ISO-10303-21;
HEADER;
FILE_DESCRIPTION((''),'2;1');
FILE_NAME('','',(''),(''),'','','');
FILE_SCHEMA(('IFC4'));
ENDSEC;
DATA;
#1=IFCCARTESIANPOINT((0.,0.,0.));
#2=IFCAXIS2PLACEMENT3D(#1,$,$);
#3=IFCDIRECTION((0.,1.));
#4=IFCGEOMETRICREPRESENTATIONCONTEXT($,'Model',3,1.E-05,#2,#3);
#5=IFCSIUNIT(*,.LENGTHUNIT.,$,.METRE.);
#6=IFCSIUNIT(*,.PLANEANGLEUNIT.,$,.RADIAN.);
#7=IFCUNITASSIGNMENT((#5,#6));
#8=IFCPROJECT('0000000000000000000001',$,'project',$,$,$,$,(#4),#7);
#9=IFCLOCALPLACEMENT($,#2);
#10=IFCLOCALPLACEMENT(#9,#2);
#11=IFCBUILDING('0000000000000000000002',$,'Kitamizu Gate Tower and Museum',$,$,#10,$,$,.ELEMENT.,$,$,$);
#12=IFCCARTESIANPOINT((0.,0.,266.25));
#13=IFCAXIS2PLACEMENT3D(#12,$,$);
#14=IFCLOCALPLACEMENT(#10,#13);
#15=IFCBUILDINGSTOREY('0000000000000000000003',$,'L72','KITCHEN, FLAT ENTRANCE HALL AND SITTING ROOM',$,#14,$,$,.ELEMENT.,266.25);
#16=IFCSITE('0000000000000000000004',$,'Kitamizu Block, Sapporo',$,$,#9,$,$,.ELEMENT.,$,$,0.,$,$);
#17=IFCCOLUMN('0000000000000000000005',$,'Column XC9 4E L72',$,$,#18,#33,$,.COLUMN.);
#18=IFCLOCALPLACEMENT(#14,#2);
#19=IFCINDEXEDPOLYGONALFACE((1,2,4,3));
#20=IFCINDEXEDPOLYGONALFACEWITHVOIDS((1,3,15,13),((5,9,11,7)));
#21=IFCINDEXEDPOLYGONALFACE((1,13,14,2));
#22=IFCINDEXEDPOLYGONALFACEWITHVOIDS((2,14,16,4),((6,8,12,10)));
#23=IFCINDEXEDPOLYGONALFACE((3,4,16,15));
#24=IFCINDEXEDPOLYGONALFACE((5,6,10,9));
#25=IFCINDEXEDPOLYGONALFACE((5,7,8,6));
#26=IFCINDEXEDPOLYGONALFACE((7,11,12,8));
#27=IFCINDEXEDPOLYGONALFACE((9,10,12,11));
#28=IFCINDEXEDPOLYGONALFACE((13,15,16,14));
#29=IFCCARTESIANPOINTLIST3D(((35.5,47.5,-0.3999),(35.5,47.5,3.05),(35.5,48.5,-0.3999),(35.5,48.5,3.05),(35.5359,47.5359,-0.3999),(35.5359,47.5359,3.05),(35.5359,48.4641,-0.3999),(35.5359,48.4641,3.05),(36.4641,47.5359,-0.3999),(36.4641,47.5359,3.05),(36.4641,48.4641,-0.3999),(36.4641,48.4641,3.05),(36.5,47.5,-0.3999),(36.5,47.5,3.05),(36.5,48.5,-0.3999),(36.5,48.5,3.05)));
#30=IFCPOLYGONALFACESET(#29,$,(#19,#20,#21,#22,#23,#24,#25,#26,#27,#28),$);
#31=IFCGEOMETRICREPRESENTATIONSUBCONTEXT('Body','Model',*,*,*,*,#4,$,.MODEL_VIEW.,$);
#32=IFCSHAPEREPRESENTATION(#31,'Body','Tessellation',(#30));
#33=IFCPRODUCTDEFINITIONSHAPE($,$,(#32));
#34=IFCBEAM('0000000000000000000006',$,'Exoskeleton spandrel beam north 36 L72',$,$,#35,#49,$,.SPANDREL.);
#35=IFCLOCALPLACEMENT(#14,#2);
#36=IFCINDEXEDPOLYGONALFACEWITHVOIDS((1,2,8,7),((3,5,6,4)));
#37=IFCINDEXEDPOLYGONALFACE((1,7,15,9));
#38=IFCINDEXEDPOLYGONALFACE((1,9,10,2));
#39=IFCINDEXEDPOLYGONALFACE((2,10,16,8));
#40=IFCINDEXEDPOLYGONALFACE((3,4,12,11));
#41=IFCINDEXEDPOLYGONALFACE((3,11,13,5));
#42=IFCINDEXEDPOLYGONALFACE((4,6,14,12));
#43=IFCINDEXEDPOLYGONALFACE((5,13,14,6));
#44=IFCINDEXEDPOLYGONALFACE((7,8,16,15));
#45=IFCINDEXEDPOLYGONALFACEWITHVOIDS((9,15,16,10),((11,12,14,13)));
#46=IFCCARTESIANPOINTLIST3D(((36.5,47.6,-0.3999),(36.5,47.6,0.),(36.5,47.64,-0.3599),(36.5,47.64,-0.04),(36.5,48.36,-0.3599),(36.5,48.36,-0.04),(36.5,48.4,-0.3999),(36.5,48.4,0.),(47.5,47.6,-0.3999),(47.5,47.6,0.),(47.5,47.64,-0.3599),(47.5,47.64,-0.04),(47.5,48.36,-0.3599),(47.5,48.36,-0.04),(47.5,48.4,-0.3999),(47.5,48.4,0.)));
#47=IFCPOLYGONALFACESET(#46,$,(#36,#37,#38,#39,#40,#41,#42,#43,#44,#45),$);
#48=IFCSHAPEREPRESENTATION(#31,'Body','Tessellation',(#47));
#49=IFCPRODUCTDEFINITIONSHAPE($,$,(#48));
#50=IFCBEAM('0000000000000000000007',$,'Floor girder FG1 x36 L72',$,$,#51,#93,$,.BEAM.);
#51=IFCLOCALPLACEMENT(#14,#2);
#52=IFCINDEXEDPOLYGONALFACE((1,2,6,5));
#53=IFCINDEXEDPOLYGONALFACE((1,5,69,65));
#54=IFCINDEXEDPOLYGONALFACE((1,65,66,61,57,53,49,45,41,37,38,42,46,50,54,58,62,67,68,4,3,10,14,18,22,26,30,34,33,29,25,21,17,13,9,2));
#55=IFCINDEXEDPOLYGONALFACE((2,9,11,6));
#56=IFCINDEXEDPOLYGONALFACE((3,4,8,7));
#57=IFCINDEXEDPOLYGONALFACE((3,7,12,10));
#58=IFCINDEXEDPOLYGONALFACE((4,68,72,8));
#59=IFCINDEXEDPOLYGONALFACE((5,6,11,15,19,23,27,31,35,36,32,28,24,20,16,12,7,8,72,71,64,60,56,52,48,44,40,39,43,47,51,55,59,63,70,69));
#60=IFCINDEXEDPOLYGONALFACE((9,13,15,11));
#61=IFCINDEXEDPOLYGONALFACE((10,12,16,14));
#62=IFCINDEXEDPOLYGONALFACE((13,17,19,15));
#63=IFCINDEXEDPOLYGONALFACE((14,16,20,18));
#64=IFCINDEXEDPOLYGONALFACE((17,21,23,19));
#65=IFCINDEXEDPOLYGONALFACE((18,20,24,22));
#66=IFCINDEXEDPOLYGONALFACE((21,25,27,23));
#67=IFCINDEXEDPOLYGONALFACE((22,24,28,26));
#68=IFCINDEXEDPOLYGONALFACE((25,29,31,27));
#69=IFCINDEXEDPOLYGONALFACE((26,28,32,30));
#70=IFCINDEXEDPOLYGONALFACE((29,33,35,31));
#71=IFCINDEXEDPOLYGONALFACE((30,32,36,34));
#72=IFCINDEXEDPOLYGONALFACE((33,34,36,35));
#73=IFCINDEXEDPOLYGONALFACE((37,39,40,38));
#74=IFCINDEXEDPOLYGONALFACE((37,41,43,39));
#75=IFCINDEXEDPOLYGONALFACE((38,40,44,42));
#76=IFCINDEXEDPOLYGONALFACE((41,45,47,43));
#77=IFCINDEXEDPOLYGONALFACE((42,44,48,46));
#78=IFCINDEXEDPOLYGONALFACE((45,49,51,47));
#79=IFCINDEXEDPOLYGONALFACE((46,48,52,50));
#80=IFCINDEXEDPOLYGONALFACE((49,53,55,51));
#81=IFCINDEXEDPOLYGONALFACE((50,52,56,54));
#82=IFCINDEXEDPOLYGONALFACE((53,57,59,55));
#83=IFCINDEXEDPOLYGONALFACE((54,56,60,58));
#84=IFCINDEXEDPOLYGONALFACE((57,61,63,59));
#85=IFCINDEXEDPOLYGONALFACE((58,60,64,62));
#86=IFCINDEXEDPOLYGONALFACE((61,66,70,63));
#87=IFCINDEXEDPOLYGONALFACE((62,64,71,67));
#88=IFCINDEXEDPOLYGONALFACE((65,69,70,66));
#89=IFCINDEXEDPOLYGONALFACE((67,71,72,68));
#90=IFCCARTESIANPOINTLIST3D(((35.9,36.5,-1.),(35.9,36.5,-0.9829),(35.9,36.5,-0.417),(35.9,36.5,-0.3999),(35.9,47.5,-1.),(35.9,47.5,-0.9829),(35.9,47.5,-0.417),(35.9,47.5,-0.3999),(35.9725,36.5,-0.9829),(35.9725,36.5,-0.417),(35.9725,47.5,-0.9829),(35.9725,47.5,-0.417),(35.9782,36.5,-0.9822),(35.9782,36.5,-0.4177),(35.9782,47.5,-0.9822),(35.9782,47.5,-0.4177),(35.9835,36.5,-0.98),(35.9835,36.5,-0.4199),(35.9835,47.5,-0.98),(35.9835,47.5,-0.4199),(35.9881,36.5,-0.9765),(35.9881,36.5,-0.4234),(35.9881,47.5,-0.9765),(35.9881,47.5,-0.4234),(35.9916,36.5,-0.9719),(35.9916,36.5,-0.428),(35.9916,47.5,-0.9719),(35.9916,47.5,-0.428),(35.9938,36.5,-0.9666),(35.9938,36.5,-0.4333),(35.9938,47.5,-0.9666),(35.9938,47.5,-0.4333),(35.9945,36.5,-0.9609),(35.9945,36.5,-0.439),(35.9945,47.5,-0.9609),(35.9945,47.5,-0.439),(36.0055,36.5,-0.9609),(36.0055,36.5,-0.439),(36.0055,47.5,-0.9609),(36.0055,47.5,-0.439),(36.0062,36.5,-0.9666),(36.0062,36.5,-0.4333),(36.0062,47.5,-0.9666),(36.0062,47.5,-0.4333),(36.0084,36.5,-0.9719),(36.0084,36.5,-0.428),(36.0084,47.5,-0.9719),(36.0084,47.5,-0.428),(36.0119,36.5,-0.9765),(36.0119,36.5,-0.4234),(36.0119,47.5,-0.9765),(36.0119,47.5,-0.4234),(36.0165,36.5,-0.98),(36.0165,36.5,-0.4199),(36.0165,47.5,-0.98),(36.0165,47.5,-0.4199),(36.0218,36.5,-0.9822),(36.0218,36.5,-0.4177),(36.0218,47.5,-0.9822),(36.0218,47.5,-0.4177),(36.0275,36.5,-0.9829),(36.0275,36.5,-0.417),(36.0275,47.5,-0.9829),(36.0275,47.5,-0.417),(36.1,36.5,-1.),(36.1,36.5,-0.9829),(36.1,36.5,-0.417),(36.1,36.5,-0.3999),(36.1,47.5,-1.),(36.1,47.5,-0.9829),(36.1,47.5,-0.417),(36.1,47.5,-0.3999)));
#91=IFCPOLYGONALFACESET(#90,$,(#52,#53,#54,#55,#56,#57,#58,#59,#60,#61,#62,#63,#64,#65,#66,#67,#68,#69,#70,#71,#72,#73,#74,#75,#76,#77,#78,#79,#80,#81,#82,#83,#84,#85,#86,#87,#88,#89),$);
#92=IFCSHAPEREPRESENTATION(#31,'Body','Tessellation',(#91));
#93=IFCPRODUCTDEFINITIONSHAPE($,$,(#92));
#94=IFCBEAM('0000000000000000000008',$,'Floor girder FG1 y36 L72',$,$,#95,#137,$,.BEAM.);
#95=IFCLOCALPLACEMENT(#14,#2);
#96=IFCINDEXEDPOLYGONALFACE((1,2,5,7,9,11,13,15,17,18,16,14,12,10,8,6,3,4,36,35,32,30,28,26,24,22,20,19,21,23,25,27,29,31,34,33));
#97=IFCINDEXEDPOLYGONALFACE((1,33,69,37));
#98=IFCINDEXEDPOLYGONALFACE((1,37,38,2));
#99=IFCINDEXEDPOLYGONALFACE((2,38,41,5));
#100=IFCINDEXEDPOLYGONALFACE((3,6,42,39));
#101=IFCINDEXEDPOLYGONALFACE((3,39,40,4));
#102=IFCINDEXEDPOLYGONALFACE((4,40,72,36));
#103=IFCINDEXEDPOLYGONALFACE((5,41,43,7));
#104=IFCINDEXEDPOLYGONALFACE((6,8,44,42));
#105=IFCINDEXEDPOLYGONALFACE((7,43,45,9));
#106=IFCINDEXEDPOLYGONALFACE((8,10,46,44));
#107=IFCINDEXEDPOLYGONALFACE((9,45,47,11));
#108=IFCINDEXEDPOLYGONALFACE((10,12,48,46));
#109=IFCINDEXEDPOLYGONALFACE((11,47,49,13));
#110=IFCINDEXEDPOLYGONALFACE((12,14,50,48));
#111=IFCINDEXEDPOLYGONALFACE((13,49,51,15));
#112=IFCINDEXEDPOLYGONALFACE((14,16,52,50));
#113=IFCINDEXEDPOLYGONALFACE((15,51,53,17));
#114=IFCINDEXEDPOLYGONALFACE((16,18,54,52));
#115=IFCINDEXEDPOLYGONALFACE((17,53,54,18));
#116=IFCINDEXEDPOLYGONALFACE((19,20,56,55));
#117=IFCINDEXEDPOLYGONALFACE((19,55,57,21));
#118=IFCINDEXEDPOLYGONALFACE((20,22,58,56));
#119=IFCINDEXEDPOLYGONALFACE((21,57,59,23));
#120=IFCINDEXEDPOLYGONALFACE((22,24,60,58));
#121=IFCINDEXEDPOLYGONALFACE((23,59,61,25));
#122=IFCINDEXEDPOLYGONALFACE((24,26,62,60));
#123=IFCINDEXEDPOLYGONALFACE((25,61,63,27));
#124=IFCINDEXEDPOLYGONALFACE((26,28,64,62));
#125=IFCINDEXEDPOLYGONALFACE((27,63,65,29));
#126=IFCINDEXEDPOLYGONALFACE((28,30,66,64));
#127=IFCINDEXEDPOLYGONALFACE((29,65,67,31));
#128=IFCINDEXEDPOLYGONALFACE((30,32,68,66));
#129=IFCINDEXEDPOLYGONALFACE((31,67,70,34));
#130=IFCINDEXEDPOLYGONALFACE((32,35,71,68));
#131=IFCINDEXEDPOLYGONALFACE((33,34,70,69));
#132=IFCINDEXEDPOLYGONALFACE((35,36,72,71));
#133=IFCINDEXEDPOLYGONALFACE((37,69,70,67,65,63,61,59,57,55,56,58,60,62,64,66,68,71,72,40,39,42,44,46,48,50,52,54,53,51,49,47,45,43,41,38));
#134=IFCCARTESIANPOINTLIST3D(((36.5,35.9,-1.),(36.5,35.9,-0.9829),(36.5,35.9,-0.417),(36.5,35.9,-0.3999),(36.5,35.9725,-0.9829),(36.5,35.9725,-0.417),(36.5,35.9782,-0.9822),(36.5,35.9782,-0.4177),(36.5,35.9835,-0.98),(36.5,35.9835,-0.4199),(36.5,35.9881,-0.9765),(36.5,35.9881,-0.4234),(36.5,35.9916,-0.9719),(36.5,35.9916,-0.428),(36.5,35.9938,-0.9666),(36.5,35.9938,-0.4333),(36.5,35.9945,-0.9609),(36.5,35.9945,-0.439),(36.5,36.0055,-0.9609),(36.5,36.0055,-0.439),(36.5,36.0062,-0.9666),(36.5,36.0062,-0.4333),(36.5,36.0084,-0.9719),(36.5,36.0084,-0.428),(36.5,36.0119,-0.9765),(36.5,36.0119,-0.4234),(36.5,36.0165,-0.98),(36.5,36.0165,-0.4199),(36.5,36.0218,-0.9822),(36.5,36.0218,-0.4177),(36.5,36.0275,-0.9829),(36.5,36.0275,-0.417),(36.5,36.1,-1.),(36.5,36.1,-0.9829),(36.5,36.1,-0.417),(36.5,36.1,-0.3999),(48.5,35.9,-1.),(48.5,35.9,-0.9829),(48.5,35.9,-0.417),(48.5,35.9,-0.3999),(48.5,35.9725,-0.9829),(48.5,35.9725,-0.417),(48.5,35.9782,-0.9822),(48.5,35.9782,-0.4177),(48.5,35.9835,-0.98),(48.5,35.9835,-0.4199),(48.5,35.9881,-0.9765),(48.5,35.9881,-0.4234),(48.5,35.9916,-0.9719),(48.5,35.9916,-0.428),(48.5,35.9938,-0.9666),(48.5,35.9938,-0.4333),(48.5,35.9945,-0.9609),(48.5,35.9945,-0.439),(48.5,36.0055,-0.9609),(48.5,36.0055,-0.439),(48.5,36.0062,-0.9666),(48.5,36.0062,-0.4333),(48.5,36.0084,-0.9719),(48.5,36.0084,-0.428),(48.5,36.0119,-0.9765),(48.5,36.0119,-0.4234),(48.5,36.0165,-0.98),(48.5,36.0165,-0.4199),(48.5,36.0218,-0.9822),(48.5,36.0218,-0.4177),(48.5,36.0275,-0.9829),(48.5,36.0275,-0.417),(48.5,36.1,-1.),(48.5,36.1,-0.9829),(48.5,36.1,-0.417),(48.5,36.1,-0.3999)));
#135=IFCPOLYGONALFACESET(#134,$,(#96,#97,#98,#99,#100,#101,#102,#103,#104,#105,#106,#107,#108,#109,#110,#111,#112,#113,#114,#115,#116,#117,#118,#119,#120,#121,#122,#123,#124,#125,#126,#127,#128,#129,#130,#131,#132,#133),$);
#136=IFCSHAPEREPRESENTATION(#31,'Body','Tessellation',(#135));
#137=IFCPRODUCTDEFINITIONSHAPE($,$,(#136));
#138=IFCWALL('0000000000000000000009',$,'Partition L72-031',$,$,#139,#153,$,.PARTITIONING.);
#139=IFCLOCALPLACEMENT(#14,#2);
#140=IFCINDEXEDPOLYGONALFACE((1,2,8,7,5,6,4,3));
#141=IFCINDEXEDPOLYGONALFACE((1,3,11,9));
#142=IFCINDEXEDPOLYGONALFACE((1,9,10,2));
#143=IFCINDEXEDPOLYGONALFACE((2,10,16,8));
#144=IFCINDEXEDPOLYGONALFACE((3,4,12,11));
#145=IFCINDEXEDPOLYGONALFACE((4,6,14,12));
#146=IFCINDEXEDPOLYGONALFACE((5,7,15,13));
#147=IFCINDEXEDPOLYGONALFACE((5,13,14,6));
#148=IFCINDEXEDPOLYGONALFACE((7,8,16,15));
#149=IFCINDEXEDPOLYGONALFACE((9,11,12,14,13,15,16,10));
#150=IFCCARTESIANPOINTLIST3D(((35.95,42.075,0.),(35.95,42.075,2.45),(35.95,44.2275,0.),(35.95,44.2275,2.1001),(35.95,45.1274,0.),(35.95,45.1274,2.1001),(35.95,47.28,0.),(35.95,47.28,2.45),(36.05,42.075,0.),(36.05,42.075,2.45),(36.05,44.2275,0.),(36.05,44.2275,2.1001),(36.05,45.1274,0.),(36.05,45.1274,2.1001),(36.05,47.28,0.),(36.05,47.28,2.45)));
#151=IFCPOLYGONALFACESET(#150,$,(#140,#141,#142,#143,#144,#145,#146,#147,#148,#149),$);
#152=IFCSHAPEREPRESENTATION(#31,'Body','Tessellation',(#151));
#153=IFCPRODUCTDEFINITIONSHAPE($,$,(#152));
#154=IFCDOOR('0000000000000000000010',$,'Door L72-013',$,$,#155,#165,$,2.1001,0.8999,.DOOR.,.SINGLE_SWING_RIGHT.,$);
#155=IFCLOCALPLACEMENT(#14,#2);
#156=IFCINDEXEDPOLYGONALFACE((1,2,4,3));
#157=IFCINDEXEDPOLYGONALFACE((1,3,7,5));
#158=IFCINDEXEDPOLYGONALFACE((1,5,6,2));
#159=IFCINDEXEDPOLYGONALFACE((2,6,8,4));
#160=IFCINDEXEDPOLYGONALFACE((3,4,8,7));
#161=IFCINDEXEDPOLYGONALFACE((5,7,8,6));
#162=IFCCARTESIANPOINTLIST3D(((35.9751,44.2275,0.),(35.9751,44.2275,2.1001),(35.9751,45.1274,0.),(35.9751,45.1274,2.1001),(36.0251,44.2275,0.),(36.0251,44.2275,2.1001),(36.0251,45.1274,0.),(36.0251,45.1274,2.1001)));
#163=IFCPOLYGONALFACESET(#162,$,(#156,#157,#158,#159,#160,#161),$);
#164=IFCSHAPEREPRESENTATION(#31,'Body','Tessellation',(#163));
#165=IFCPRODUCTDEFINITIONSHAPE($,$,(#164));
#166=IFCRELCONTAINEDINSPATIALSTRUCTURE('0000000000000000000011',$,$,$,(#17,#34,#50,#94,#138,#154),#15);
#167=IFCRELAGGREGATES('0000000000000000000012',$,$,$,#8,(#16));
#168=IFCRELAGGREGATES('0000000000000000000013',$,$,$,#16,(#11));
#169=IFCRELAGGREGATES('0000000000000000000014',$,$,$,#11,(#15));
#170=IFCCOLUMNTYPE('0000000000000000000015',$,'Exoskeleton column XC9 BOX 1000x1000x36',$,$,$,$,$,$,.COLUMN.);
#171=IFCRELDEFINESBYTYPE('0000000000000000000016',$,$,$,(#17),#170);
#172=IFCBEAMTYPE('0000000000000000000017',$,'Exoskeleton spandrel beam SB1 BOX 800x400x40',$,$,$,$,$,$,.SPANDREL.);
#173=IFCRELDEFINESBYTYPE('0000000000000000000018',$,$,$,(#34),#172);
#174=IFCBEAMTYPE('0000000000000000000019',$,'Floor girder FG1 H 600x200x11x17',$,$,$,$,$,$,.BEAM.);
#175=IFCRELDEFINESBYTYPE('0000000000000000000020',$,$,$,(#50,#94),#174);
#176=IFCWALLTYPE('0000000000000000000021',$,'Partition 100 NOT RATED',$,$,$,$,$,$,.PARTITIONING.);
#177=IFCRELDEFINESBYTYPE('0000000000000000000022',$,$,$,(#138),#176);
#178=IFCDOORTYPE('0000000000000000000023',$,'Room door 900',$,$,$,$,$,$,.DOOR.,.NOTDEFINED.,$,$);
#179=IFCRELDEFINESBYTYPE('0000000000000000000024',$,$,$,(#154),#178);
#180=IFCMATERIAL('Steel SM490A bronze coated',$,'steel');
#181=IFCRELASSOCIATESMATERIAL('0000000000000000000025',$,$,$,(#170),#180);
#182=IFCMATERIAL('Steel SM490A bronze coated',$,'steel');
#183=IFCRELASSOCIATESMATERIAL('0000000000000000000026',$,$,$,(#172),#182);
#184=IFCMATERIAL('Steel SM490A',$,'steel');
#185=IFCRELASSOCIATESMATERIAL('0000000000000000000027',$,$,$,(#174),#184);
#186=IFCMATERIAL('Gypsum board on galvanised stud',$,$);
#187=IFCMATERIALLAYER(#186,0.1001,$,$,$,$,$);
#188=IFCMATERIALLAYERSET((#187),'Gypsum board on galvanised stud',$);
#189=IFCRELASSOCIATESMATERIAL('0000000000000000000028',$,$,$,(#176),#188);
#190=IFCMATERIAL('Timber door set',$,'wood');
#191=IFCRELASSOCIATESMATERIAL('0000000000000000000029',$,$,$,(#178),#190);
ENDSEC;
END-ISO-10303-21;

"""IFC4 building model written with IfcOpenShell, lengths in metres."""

from ifc_helpers import new_model, si_unit, direction, frame, frame_2d, origin, origin_2d, place, context, subcontext, project, spatial, rectangle, hollow_rectangle, i_section, extrude, material, layer, layer_set, material_profile, profile_set, type_object, element, fill, save


model = new_model("IFC4")

# Units and contexts
model_context = context("Model", 3, precision=1e-05, world=origin(), true_north=direction((0.0, 1.0)))
body_context = subcontext(model_context, "Body", "Model", "MODEL_VIEW")
ifc_project = project(units=[si_unit("LENGTHUNIT", "METRE"), si_unit("PLANEANGLEUNIT", "RADIAN")], contexts=[model_context])

# Site, building, storey
site_placement = place(None, origin())
site = spatial("IfcSite", under=ifc_project, at=site_placement, Name="Kitamizu Block, Sapporo", CompositionType="ELEMENT", RefElevation=0.0)
building_placement = place(site_placement, origin())
building = spatial("IfcBuilding", under=site, at=building_placement, Name="Kitamizu Gate Tower and Museum", CompositionType="ELEMENT")
storey_placement = place(building_placement, frame((0.0, 0.0, 266.25)))
storey = spatial("IfcBuildingStorey", under=building, at=storey_placement, Name="L72", Description="KITCHEN, FLAT ENTRANCE HALL AND SITTING ROOM", CompositionType="ELEMENT", Elevation=266.25)

# Column
ifc_material_1 = material(Name="Steel SM490A bronze coated", Category="steel")
ifc_material_profile_1 = material_profile(ifc_material_1, hollow_rectangle(XDim=1.0, YDim=1.0, WallThickness=0.0359, at=origin_2d()), Name="BOX 1000x1000x36")
ifc_profile_set_1 = profile_set([ifc_material_profile_1], Name="Steel SM490A bronze coated")
column_type = type_object("IfcColumnType", Name="Exoskeleton column XC9 BOX 1000x1000x36", PredefinedType="COLUMN", material=ifc_profile_set_1)
column_placement = place(storey_placement, frame((36.0, 48.0, -0.3999), z_axis=(0.0, 0.0, 1.0), x_axis=(1.0, 0.0, 0.0)))
element("IfcColumn", 1, at=column_placement, inside=storey, type_object=column_type, Name="Column XC9 4E L72", PredefinedType="COLUMN", context=body_context, shape_type="SweptSolid", body=[
    extrude(hollow_rectangle(XDim=1.0, YDim=1.0, WallThickness=0.0359, at=origin_2d()), origin(), (0.0, 0.0, 1.0), 3.45),
])

# Beams
ifc_material_2 = material(Name="Steel SM490A bronze coated", Category="steel")
ifc_material_profile_2 = material_profile(ifc_material_2, hollow_rectangle(XDim=0.8, YDim=0.3999, WallThickness=0.04, at=origin_2d()), Name="BOX 800x400x40")
ifc_profile_set_2 = profile_set([ifc_material_profile_2], Name="Steel SM490A bronze coated")
beam_type_1 = type_object("IfcBeamType", Name="Exoskeleton spandrel beam SB1 BOX 800x400x40", PredefinedType="SPANDREL", material=ifc_profile_set_2)
beam_1_placement = place(storey_placement, frame((36.5, 48.0, -0.2), z_axis=(1.0, 0.0, 0.0), x_axis=(0.0, 1.0, 0.0)))
element("IfcBeam", 2, at=beam_1_placement, inside=storey, type_object=beam_type_1, Name="Exoskeleton spandrel beam north 36 L72", PredefinedType="SPANDREL", context=body_context, shape_type="SweptSolid", body=[
    extrude(hollow_rectangle(XDim=0.8, YDim=0.3999, WallThickness=0.04, at=origin_2d()), origin(), (0.0, 0.0, 1.0), 11.0),
])
ifc_material_3 = material(Name="Steel SM490A", Category="steel")
ifc_material_profile_3 = material_profile(ifc_material_3, i_section(OverallWidth=0.2, OverallDepth=0.6001, WebThickness=0.011, FlangeThickness=0.0171, FilletRadius=0.022, at=origin_2d()), Name="H-600x200x11x17")
ifc_profile_set_3 = profile_set([ifc_material_profile_3], Name="Steel SM490A")
beam_type_2 = type_object("IfcBeamType", Name="Floor girder FG1 H 600x200x11x17", PredefinedType="BEAM", material=ifc_profile_set_3)
beam_2_placement = place(storey_placement, frame((36.0, 36.5, -0.7), z_axis=(0.0, 1.0, 0.0), x_axis=(-1.0, 0.0, 0.0)))
element("IfcBeam", 3, at=beam_2_placement, inside=storey, type_object=beam_type_2, Name="Floor girder FG1 x36 L72", PredefinedType="BEAM", context=body_context, shape_type="SweptSolid", body=[
    extrude(i_section(OverallWidth=0.2, OverallDepth=0.6001, WebThickness=0.011, FlangeThickness=0.0171, FilletRadius=0.022, at=origin_2d()), origin(), (0.0, 0.0, 1.0), 11.0),
])
beam_3_placement = place(storey_placement, frame((36.5, 36.0, -0.7), z_axis=(1.0, 0.0, 0.0), x_axis=(0.0, 1.0, 0.0)))
element("IfcBeam", 4, at=beam_3_placement, inside=storey, type_object=beam_type_2, Name="Floor girder FG1 y36 L72", PredefinedType="BEAM", context=body_context, shape_type="SweptSolid", body=[
    extrude(i_section(OverallWidth=0.2, OverallDepth=0.6001, WebThickness=0.011, FlangeThickness=0.0171, FilletRadius=0.022, at=origin_2d()), origin(), (0.0, 0.0, 1.0), 12.0),
])

# Wall, opening, door
ifc_material_4 = material(Name="Gypsum board on galvanised stud")
ifc_layer_1 = layer(ifc_material_4, 0.1001)
ifc_layer_set_1 = layer_set([ifc_layer_1], Name="Gypsum board on galvanised stud")
wall_type_1 = type_object("IfcWallType", Name="Partition 100 NOT RATED", PredefinedType="PARTITIONING", material=ifc_layer_set_1)
wall_1_placement = place(storey_placement, frame((36.0, 42.075, 0.0), z_axis=(0.0, 0.0, 1.0), x_axis=(0.0, 1.0, 0.0)))
wall_1 = element("IfcWall", 5, at=wall_1_placement, inside=storey, type_object=wall_type_1, Name="Partition L72-031", PredefinedType="PARTITIONING", context=body_context, shape_type="SweptSolid", body=[
    extrude(rectangle(XDim=5.2051, YDim=0.1001, at=frame_2d((2.6025, 0.0))), origin(), (0.0, 0.0, 1.0), 2.45),
])
opening_1_placement = place(wall_1_placement, frame((2.1526, 0.0, 0.0)))
opening_1 = element("IfcOpeningElement", 6, at=opening_1_placement, cuts=wall_1, PredefinedType="OPENING", context=body_context, shape_type="SweptSolid", body=[
    extrude(rectangle(XDim=0.8999, YDim=2.1001, at=frame_2d((0.45, 1.05))), frame((0.0, 0.0601, 0.0), z_axis=(0.0, -1.0, 0.0), x_axis=(1.0, 0.0, 0.0)), (0.0, 0.0, 1.0), 0.1201),
])
ifc_material_5 = material(Name="Timber door set", Category="wood")
door_type_1 = type_object("IfcDoorType", Name="Room door 900", OperationType="NOTDEFINED", PredefinedType="DOOR", material=ifc_material_5)
door_1_placement = place(opening_1_placement, origin())
door_1 = element("IfcDoor", 7, at=door_1_placement, inside=storey, type_object=door_type_1, Name="Door L72-013", OperationType="SINGLE_SWING_RIGHT", OverallHeight=2.1001, OverallWidth=0.8999, PredefinedType="DOOR", context=body_context, shape_type="SweptSolid", body=[
    extrude(rectangle(XDim=0.8999, YDim=2.1001, at=frame_2d((0.45, 1.05))), frame((0.0, 0.0249, 0.0), z_axis=(0.0, -1.0, 0.0), x_axis=(1.0, 0.0, 0.0)), (0.0, 0.0, 1.0), 0.05),
])
fill(opening_1, door_1)

save(model, "model.ifc")
